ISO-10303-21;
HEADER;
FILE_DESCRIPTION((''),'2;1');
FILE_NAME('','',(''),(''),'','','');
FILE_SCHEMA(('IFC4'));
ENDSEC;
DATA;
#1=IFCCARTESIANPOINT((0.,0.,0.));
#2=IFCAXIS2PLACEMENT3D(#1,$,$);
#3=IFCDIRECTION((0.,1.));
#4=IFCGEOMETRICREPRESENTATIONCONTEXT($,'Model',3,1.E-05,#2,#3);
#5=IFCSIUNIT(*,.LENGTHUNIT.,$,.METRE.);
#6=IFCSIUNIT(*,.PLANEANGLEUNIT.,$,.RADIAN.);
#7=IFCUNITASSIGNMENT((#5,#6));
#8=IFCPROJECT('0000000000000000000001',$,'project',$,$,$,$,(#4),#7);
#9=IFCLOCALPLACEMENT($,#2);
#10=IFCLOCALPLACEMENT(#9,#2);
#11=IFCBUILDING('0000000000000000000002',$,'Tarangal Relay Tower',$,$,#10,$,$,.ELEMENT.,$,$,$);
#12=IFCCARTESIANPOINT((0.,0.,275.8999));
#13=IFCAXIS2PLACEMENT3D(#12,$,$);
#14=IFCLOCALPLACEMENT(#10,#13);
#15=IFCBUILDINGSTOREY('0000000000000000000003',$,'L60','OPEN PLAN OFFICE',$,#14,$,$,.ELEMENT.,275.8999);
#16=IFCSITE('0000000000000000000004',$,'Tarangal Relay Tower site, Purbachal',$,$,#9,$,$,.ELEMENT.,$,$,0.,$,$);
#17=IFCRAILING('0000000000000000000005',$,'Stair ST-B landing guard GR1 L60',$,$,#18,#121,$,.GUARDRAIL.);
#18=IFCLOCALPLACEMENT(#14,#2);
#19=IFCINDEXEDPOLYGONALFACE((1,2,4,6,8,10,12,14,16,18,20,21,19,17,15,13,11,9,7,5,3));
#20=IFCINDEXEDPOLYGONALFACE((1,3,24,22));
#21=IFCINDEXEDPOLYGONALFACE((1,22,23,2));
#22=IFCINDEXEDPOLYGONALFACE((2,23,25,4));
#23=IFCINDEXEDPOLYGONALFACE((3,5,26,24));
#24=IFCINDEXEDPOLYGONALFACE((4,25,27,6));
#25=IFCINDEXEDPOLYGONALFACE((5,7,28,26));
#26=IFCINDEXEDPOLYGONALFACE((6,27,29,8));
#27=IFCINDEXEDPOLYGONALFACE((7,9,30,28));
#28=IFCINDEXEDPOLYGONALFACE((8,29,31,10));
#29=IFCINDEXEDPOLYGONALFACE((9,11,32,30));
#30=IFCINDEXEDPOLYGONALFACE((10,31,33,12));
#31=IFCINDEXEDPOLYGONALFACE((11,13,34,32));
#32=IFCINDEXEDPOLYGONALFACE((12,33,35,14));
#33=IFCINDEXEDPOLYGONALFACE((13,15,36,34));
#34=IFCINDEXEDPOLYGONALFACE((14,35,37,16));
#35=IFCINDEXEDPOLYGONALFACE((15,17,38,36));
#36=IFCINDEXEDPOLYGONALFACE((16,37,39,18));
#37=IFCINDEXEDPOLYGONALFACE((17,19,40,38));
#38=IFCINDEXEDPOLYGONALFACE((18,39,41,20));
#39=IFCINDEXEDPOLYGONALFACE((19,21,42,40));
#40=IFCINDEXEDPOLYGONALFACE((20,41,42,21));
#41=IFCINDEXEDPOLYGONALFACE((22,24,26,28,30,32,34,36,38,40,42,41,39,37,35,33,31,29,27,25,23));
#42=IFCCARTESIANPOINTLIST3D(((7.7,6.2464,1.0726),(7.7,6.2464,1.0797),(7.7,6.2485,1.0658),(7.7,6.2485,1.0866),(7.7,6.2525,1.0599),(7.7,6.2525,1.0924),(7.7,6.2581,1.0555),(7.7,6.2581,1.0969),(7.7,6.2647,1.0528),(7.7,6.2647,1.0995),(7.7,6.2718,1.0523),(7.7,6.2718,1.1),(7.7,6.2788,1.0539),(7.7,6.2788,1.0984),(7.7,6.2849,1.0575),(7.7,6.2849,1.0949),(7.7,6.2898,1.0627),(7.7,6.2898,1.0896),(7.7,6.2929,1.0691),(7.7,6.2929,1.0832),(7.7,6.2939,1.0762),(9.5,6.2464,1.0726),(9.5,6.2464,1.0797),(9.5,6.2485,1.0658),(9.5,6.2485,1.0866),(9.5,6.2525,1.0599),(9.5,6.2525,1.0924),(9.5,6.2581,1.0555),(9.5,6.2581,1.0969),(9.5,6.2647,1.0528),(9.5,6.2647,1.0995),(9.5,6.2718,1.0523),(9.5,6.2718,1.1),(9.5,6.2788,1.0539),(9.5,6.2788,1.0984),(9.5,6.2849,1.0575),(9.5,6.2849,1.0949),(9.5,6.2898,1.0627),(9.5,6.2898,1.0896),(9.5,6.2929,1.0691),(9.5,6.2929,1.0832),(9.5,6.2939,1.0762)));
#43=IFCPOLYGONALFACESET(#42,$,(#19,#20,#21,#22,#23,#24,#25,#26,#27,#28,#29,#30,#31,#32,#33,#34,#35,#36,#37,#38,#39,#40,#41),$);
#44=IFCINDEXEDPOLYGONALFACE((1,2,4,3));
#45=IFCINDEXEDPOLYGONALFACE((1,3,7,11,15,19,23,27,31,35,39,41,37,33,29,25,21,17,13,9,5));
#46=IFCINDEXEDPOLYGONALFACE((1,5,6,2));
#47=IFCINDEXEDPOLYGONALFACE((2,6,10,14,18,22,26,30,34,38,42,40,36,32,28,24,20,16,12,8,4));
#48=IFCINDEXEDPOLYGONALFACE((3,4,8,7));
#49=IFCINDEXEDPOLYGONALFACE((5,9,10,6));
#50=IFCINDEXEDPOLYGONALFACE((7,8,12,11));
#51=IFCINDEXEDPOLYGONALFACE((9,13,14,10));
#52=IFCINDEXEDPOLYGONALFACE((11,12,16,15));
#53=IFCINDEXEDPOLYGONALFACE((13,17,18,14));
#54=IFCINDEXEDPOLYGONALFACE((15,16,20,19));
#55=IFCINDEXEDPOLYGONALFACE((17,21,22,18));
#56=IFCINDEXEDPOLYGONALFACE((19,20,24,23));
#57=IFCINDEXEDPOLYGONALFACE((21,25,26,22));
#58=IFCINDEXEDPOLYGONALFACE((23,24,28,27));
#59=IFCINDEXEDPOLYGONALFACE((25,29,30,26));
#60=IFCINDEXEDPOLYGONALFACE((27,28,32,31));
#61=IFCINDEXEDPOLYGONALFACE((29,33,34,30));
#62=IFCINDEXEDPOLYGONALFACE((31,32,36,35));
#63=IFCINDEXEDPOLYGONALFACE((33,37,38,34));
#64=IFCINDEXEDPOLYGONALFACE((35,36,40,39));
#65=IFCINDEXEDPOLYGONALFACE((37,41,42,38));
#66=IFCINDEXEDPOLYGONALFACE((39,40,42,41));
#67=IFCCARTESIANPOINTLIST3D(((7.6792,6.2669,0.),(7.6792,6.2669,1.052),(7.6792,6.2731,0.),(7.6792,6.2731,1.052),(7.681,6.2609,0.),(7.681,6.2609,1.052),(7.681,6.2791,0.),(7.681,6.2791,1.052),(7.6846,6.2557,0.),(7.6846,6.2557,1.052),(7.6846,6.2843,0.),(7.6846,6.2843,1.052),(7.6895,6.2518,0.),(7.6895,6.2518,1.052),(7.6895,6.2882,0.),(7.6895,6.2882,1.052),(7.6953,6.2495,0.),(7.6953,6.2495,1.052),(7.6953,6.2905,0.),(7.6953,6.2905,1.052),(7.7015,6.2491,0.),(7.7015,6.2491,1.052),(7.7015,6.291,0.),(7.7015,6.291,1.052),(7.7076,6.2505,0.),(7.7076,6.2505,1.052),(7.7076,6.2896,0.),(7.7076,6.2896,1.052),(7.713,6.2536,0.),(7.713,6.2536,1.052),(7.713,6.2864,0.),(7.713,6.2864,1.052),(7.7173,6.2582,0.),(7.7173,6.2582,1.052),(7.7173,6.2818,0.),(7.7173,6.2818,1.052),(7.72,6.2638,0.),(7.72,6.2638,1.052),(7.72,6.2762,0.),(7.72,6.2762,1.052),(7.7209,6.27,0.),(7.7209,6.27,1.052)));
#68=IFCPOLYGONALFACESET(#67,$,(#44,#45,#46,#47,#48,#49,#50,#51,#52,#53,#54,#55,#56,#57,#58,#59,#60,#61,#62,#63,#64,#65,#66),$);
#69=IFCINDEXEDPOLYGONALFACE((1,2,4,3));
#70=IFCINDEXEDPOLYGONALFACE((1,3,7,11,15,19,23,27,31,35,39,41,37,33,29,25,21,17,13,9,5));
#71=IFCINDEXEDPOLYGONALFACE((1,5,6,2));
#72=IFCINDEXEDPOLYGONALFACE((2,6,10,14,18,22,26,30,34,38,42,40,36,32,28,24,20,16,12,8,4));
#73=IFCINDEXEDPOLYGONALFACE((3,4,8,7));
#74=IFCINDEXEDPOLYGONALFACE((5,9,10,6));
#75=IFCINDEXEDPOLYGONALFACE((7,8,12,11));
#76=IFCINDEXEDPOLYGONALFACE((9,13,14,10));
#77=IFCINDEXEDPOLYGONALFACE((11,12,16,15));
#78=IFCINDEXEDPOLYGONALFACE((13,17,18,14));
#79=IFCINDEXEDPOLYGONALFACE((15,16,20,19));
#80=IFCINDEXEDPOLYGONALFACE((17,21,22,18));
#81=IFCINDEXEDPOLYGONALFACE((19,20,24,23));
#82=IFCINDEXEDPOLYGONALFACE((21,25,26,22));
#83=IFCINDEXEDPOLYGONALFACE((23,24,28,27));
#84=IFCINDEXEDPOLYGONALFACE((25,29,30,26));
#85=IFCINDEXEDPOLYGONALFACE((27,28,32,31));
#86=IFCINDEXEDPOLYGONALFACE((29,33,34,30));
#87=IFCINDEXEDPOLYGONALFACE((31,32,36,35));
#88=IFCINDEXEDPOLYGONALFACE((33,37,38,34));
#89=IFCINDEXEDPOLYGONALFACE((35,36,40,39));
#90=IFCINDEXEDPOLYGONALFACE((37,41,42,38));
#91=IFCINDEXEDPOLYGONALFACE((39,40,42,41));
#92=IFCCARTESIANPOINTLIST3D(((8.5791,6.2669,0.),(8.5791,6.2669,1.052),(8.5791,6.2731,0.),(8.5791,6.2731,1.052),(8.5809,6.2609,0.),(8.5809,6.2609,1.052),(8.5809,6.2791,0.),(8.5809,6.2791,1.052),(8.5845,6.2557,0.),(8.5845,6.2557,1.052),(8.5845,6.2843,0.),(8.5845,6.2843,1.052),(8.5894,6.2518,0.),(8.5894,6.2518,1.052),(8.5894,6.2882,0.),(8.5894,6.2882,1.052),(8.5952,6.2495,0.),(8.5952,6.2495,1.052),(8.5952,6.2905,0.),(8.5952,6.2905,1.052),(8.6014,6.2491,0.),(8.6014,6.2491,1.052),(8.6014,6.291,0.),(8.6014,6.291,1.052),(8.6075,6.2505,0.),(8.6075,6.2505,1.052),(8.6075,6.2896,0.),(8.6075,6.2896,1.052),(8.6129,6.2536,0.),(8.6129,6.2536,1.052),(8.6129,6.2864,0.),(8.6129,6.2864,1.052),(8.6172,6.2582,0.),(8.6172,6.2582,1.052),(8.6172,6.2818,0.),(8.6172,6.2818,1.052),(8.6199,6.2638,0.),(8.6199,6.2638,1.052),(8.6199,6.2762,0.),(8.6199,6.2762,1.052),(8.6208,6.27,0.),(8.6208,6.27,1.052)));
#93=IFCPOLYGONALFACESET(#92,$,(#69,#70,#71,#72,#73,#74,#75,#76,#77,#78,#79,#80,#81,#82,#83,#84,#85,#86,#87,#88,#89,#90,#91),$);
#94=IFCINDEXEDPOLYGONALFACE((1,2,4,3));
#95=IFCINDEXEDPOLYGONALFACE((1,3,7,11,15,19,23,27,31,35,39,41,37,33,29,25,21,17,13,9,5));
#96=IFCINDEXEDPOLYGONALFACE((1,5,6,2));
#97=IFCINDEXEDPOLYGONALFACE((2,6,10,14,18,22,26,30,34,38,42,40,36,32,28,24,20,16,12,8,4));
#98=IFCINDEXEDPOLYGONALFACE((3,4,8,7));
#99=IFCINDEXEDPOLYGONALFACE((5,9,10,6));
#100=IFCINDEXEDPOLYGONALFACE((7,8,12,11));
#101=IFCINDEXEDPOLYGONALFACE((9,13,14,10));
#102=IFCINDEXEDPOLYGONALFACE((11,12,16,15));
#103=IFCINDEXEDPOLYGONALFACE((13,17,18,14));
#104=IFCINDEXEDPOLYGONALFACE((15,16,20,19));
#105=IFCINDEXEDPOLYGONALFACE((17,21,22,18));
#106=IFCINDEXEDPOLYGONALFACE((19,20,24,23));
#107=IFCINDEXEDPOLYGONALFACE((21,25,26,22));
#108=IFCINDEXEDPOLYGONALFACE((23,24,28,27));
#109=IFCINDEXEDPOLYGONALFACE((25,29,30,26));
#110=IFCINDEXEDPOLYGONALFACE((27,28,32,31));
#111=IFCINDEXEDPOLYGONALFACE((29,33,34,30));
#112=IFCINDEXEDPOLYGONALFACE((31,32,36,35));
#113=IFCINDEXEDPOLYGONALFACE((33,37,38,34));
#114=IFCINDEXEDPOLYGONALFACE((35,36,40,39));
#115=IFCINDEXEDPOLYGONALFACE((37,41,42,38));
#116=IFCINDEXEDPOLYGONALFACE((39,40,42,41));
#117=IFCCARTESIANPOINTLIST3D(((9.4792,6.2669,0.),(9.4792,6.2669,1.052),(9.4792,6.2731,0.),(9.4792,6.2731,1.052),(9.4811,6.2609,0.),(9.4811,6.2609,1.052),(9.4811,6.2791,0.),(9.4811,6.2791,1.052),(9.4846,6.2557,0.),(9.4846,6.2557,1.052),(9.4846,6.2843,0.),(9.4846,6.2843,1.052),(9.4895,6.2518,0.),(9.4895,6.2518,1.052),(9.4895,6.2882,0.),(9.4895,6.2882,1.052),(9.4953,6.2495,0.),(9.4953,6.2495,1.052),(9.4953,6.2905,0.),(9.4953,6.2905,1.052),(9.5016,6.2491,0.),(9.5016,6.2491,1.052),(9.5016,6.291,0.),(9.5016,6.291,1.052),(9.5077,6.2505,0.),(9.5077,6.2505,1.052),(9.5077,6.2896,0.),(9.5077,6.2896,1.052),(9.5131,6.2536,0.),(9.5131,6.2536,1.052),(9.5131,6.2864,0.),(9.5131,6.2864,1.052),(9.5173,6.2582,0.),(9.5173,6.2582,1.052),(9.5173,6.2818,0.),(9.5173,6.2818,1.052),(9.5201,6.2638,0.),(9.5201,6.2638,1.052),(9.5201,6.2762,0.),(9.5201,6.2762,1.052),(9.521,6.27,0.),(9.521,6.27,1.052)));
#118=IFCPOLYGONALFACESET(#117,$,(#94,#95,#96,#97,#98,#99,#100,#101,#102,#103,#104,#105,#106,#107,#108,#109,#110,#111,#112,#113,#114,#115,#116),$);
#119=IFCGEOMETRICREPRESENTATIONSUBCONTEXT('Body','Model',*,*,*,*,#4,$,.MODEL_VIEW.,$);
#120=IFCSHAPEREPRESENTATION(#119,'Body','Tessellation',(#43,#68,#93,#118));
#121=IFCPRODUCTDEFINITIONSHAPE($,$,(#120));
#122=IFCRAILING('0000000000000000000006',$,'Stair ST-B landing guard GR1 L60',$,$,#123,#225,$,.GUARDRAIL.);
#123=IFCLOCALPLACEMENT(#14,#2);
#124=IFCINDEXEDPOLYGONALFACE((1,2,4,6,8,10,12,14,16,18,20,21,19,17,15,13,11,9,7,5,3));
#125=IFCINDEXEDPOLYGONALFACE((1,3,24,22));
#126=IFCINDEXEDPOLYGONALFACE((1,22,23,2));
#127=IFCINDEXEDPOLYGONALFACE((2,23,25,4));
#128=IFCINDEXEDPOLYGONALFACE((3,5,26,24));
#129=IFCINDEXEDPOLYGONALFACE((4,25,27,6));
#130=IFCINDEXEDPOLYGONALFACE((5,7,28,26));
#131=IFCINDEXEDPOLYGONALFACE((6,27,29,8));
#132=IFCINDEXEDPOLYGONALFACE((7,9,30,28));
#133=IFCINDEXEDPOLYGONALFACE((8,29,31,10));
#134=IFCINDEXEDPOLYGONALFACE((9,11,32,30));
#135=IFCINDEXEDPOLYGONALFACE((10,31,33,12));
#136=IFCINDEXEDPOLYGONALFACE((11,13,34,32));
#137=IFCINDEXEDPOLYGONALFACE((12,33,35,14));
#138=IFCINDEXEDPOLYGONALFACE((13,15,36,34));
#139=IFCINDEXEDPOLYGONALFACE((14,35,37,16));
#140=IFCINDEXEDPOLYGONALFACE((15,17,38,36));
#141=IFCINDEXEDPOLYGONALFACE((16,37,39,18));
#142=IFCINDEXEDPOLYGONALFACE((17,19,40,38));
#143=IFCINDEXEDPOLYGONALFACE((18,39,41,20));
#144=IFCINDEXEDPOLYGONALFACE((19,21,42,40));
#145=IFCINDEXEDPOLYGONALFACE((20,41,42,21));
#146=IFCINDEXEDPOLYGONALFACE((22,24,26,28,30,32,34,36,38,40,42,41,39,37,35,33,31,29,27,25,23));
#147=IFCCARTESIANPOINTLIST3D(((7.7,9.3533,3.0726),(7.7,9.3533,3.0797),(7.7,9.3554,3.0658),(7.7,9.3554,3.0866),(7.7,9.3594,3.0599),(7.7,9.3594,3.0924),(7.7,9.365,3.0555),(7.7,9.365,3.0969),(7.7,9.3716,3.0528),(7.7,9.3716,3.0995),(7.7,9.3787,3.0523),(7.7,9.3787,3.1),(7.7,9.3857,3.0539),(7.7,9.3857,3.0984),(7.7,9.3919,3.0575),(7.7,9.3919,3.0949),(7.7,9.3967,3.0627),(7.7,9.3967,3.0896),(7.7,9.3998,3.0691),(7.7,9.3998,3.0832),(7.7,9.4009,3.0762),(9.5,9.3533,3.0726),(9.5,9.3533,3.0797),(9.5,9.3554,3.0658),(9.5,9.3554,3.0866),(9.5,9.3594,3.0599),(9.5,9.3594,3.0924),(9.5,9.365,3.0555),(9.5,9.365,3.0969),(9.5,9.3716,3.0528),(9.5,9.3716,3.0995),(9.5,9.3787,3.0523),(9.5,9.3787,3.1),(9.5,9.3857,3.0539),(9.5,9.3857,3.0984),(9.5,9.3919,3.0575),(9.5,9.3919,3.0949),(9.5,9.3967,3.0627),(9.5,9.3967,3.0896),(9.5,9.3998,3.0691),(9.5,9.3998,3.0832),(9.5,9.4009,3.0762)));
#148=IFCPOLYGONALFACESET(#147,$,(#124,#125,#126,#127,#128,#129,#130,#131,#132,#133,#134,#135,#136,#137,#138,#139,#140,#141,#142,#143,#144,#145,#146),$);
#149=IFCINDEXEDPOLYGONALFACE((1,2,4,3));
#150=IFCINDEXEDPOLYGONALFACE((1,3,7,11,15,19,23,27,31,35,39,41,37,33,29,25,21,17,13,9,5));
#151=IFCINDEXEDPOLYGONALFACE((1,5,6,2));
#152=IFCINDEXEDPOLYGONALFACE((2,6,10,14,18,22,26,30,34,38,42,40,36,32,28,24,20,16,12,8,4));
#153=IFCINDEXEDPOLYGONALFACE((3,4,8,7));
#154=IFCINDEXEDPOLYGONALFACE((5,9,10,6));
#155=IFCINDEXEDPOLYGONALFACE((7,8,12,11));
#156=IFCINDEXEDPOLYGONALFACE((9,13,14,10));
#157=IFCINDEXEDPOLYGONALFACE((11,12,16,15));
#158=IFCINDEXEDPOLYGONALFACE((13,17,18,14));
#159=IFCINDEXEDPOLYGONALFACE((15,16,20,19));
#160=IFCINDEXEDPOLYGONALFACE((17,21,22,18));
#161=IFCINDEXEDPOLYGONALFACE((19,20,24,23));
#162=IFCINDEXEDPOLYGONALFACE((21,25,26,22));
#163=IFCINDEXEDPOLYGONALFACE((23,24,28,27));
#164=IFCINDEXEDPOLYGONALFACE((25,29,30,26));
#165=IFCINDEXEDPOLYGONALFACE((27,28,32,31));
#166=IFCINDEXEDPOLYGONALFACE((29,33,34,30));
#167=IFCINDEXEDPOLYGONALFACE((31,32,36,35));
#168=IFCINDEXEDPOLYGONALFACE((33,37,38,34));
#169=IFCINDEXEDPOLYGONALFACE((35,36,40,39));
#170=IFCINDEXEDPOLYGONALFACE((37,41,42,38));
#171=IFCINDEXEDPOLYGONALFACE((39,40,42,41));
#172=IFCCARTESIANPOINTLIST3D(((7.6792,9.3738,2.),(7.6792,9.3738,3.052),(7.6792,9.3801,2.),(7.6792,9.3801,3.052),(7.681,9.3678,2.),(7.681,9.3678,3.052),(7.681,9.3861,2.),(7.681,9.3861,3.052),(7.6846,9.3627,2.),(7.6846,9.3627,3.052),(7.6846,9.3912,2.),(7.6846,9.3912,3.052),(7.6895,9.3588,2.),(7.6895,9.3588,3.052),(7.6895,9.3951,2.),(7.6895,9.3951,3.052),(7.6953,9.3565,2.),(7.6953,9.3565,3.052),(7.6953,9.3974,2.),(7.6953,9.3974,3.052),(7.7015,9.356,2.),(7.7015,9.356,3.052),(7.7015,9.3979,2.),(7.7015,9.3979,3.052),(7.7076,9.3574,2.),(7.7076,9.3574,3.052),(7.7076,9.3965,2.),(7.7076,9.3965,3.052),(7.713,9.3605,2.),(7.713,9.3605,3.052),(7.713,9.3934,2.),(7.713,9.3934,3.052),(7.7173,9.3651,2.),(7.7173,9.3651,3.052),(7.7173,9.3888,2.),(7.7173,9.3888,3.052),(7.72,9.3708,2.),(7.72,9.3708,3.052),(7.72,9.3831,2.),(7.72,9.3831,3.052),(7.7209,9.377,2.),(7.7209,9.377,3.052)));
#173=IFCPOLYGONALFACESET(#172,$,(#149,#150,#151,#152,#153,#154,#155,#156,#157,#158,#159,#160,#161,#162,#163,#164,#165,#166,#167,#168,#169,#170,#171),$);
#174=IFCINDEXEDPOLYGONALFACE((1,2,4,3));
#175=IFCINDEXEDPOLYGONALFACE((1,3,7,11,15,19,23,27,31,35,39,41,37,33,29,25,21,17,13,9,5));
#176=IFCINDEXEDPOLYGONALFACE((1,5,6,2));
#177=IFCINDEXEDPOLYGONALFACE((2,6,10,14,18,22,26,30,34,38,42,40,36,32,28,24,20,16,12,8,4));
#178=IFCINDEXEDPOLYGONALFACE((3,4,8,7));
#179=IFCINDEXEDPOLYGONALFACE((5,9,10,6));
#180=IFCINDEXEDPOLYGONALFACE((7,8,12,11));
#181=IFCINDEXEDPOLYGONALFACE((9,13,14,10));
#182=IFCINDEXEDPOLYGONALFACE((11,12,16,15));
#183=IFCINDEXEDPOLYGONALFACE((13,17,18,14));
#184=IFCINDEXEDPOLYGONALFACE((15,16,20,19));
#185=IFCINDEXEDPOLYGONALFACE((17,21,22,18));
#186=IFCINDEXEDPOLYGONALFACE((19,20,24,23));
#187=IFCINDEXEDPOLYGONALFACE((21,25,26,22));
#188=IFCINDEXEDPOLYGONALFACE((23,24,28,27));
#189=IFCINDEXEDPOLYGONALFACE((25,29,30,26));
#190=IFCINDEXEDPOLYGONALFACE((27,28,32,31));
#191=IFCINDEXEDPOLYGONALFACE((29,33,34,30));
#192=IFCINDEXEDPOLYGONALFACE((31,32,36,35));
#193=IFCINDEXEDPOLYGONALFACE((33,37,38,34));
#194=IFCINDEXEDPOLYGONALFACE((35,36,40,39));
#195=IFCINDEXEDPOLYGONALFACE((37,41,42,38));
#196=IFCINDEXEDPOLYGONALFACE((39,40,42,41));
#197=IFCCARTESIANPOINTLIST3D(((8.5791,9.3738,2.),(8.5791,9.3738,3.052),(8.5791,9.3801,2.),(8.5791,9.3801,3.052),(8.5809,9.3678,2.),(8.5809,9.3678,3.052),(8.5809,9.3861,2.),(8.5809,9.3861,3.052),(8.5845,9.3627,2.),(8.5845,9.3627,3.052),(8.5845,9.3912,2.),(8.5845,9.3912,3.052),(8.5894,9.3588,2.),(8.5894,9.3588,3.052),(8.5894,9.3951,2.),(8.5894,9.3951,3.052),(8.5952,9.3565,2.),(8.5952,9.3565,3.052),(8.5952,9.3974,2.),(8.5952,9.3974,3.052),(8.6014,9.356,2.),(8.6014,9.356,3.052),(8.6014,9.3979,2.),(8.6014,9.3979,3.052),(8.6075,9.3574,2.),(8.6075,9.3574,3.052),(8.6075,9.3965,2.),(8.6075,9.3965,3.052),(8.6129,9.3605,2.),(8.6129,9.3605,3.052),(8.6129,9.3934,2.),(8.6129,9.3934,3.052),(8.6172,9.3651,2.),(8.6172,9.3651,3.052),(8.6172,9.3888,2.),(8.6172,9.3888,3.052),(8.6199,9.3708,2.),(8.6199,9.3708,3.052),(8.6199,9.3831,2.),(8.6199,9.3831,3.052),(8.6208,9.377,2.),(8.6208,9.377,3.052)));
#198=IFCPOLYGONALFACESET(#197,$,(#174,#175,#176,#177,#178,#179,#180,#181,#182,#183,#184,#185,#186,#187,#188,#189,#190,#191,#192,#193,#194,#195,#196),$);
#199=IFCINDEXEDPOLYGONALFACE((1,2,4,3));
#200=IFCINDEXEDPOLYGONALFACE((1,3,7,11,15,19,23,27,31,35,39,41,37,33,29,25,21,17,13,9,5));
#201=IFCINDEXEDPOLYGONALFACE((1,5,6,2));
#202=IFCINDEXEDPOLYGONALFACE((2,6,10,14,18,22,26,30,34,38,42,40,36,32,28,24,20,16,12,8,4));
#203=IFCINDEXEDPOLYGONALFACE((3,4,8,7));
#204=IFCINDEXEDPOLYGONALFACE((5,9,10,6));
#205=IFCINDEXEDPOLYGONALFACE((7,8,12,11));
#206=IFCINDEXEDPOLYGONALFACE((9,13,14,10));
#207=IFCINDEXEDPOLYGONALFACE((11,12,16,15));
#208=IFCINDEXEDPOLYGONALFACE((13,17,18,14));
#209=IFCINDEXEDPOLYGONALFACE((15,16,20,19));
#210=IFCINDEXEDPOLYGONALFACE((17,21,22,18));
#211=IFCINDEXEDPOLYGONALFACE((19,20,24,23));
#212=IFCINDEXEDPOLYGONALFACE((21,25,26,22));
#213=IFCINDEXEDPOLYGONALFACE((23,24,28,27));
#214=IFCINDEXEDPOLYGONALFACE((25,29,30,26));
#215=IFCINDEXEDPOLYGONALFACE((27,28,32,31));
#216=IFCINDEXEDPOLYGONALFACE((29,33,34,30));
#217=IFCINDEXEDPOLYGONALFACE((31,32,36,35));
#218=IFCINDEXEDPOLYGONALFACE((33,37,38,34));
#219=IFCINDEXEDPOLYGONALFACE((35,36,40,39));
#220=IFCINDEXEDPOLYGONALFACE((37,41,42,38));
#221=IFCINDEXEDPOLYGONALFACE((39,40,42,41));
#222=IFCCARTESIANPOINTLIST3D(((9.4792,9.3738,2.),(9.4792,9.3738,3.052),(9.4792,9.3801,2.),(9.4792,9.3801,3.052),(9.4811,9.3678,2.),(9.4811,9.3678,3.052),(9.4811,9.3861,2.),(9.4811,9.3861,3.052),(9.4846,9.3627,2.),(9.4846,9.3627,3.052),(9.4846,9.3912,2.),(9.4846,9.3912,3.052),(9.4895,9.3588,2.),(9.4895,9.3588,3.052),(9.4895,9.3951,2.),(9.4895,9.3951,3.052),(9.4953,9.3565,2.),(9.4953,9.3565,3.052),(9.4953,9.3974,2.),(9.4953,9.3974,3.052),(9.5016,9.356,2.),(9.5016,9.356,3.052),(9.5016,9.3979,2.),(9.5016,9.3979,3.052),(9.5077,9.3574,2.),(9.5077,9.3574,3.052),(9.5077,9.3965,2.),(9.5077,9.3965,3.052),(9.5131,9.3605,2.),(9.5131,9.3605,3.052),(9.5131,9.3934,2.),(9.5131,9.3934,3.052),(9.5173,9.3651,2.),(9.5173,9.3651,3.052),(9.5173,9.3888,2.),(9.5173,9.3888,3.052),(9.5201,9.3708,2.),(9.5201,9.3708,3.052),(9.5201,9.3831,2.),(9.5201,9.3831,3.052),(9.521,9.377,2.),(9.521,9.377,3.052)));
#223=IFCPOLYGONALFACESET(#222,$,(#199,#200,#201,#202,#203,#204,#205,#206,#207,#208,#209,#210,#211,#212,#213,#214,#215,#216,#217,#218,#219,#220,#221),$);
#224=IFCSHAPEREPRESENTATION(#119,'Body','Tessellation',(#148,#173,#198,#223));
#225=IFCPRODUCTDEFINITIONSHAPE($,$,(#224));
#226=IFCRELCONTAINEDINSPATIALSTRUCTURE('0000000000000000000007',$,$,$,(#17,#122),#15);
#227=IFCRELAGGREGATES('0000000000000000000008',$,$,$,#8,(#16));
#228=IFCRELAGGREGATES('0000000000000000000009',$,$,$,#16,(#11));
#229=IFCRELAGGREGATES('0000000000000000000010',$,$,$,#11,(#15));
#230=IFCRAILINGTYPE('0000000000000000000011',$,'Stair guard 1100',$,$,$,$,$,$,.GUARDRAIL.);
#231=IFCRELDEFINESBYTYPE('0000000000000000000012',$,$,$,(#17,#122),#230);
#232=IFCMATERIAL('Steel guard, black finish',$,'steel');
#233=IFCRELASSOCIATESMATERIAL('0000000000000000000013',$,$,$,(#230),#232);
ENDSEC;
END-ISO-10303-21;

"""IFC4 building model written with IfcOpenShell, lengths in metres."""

from ifc_helpers import new_model, si_unit, direction, frame, origin, origin_2d, place, context, subcontext, project, spatial, circle, extrude, material, type_object, element, save


model = new_model("IFC4")

# Units and contexts
model_context = context("Model", 3, precision=1e-05, world=origin(), true_north=direction((0.0, 1.0)))
body_context = subcontext(model_context, "Body", "Model", "MODEL_VIEW")
ifc_project = project(units=[si_unit("LENGTHUNIT", "METRE"), si_unit("PLANEANGLEUNIT", "RADIAN")], contexts=[model_context])

# Site, building, storey
site_placement = place(None, origin())
site = spatial("IfcSite", under=ifc_project, at=site_placement, Name="Tarangal Relay Tower site, Purbachal", CompositionType="ELEMENT", RefElevation=0.0)
building_placement = place(site_placement, origin())
building = spatial("IfcBuilding", under=site, at=building_placement, Name="Tarangal Relay Tower", CompositionType="ELEMENT")
storey_placement = place(building_placement, frame((0.0, 0.0, 275.8999)))
storey = spatial("IfcBuildingStorey", under=building, at=storey_placement, Name="L60", Description="OPEN PLAN OFFICE", CompositionType="ELEMENT", Elevation=275.8999)

# Railings
ifc_material_1 = material(Name="Steel guard, black finish", Category="steel")
railing_type_1 = type_object("IfcRailingType", Name="Stair guard 1100", PredefinedType="GUARDRAIL", material=ifc_material_1)
for number, where, name in (
    (1, (7.7, 6.27, 0.0), "Stair ST-B landing guard GR1 L60"),
    (2, (7.7, 9.377, 2.0), "Stair ST-B landing guard GR1 L60"),
):
    element("IfcRailing", number, at=place(storey_placement, frame(where)), inside=storey, type_object=railing_type_1, Name=name, PredefinedType="GUARDRAIL", context=body_context, shape_type="SweptSolid", body=[
        extrude(circle(Radius=0.0239, at=origin_2d()), frame((0.0, 0.0, 1.0762), z_axis=(1.0, 0.0, 0.0), x_axis=(0.0, 1.0, 0.0)), (0.0, 0.0, 1.0), 1.8),
        extrude(circle(Radius=0.021, at=origin_2d()), origin(), (0.0, 0.0, 1.0), 1.052),
        extrude(circle(Radius=0.021, at=origin_2d()), frame((0.8999, 0.0, 0.0)), (0.0, 0.0, 1.0), 1.052),
        extrude(circle(Radius=0.021, at=origin_2d()), frame((1.8, 0.0, 0.0)), (0.0, 0.0, 1.0), 1.052),
    ])

save(model, "model.ifc")
